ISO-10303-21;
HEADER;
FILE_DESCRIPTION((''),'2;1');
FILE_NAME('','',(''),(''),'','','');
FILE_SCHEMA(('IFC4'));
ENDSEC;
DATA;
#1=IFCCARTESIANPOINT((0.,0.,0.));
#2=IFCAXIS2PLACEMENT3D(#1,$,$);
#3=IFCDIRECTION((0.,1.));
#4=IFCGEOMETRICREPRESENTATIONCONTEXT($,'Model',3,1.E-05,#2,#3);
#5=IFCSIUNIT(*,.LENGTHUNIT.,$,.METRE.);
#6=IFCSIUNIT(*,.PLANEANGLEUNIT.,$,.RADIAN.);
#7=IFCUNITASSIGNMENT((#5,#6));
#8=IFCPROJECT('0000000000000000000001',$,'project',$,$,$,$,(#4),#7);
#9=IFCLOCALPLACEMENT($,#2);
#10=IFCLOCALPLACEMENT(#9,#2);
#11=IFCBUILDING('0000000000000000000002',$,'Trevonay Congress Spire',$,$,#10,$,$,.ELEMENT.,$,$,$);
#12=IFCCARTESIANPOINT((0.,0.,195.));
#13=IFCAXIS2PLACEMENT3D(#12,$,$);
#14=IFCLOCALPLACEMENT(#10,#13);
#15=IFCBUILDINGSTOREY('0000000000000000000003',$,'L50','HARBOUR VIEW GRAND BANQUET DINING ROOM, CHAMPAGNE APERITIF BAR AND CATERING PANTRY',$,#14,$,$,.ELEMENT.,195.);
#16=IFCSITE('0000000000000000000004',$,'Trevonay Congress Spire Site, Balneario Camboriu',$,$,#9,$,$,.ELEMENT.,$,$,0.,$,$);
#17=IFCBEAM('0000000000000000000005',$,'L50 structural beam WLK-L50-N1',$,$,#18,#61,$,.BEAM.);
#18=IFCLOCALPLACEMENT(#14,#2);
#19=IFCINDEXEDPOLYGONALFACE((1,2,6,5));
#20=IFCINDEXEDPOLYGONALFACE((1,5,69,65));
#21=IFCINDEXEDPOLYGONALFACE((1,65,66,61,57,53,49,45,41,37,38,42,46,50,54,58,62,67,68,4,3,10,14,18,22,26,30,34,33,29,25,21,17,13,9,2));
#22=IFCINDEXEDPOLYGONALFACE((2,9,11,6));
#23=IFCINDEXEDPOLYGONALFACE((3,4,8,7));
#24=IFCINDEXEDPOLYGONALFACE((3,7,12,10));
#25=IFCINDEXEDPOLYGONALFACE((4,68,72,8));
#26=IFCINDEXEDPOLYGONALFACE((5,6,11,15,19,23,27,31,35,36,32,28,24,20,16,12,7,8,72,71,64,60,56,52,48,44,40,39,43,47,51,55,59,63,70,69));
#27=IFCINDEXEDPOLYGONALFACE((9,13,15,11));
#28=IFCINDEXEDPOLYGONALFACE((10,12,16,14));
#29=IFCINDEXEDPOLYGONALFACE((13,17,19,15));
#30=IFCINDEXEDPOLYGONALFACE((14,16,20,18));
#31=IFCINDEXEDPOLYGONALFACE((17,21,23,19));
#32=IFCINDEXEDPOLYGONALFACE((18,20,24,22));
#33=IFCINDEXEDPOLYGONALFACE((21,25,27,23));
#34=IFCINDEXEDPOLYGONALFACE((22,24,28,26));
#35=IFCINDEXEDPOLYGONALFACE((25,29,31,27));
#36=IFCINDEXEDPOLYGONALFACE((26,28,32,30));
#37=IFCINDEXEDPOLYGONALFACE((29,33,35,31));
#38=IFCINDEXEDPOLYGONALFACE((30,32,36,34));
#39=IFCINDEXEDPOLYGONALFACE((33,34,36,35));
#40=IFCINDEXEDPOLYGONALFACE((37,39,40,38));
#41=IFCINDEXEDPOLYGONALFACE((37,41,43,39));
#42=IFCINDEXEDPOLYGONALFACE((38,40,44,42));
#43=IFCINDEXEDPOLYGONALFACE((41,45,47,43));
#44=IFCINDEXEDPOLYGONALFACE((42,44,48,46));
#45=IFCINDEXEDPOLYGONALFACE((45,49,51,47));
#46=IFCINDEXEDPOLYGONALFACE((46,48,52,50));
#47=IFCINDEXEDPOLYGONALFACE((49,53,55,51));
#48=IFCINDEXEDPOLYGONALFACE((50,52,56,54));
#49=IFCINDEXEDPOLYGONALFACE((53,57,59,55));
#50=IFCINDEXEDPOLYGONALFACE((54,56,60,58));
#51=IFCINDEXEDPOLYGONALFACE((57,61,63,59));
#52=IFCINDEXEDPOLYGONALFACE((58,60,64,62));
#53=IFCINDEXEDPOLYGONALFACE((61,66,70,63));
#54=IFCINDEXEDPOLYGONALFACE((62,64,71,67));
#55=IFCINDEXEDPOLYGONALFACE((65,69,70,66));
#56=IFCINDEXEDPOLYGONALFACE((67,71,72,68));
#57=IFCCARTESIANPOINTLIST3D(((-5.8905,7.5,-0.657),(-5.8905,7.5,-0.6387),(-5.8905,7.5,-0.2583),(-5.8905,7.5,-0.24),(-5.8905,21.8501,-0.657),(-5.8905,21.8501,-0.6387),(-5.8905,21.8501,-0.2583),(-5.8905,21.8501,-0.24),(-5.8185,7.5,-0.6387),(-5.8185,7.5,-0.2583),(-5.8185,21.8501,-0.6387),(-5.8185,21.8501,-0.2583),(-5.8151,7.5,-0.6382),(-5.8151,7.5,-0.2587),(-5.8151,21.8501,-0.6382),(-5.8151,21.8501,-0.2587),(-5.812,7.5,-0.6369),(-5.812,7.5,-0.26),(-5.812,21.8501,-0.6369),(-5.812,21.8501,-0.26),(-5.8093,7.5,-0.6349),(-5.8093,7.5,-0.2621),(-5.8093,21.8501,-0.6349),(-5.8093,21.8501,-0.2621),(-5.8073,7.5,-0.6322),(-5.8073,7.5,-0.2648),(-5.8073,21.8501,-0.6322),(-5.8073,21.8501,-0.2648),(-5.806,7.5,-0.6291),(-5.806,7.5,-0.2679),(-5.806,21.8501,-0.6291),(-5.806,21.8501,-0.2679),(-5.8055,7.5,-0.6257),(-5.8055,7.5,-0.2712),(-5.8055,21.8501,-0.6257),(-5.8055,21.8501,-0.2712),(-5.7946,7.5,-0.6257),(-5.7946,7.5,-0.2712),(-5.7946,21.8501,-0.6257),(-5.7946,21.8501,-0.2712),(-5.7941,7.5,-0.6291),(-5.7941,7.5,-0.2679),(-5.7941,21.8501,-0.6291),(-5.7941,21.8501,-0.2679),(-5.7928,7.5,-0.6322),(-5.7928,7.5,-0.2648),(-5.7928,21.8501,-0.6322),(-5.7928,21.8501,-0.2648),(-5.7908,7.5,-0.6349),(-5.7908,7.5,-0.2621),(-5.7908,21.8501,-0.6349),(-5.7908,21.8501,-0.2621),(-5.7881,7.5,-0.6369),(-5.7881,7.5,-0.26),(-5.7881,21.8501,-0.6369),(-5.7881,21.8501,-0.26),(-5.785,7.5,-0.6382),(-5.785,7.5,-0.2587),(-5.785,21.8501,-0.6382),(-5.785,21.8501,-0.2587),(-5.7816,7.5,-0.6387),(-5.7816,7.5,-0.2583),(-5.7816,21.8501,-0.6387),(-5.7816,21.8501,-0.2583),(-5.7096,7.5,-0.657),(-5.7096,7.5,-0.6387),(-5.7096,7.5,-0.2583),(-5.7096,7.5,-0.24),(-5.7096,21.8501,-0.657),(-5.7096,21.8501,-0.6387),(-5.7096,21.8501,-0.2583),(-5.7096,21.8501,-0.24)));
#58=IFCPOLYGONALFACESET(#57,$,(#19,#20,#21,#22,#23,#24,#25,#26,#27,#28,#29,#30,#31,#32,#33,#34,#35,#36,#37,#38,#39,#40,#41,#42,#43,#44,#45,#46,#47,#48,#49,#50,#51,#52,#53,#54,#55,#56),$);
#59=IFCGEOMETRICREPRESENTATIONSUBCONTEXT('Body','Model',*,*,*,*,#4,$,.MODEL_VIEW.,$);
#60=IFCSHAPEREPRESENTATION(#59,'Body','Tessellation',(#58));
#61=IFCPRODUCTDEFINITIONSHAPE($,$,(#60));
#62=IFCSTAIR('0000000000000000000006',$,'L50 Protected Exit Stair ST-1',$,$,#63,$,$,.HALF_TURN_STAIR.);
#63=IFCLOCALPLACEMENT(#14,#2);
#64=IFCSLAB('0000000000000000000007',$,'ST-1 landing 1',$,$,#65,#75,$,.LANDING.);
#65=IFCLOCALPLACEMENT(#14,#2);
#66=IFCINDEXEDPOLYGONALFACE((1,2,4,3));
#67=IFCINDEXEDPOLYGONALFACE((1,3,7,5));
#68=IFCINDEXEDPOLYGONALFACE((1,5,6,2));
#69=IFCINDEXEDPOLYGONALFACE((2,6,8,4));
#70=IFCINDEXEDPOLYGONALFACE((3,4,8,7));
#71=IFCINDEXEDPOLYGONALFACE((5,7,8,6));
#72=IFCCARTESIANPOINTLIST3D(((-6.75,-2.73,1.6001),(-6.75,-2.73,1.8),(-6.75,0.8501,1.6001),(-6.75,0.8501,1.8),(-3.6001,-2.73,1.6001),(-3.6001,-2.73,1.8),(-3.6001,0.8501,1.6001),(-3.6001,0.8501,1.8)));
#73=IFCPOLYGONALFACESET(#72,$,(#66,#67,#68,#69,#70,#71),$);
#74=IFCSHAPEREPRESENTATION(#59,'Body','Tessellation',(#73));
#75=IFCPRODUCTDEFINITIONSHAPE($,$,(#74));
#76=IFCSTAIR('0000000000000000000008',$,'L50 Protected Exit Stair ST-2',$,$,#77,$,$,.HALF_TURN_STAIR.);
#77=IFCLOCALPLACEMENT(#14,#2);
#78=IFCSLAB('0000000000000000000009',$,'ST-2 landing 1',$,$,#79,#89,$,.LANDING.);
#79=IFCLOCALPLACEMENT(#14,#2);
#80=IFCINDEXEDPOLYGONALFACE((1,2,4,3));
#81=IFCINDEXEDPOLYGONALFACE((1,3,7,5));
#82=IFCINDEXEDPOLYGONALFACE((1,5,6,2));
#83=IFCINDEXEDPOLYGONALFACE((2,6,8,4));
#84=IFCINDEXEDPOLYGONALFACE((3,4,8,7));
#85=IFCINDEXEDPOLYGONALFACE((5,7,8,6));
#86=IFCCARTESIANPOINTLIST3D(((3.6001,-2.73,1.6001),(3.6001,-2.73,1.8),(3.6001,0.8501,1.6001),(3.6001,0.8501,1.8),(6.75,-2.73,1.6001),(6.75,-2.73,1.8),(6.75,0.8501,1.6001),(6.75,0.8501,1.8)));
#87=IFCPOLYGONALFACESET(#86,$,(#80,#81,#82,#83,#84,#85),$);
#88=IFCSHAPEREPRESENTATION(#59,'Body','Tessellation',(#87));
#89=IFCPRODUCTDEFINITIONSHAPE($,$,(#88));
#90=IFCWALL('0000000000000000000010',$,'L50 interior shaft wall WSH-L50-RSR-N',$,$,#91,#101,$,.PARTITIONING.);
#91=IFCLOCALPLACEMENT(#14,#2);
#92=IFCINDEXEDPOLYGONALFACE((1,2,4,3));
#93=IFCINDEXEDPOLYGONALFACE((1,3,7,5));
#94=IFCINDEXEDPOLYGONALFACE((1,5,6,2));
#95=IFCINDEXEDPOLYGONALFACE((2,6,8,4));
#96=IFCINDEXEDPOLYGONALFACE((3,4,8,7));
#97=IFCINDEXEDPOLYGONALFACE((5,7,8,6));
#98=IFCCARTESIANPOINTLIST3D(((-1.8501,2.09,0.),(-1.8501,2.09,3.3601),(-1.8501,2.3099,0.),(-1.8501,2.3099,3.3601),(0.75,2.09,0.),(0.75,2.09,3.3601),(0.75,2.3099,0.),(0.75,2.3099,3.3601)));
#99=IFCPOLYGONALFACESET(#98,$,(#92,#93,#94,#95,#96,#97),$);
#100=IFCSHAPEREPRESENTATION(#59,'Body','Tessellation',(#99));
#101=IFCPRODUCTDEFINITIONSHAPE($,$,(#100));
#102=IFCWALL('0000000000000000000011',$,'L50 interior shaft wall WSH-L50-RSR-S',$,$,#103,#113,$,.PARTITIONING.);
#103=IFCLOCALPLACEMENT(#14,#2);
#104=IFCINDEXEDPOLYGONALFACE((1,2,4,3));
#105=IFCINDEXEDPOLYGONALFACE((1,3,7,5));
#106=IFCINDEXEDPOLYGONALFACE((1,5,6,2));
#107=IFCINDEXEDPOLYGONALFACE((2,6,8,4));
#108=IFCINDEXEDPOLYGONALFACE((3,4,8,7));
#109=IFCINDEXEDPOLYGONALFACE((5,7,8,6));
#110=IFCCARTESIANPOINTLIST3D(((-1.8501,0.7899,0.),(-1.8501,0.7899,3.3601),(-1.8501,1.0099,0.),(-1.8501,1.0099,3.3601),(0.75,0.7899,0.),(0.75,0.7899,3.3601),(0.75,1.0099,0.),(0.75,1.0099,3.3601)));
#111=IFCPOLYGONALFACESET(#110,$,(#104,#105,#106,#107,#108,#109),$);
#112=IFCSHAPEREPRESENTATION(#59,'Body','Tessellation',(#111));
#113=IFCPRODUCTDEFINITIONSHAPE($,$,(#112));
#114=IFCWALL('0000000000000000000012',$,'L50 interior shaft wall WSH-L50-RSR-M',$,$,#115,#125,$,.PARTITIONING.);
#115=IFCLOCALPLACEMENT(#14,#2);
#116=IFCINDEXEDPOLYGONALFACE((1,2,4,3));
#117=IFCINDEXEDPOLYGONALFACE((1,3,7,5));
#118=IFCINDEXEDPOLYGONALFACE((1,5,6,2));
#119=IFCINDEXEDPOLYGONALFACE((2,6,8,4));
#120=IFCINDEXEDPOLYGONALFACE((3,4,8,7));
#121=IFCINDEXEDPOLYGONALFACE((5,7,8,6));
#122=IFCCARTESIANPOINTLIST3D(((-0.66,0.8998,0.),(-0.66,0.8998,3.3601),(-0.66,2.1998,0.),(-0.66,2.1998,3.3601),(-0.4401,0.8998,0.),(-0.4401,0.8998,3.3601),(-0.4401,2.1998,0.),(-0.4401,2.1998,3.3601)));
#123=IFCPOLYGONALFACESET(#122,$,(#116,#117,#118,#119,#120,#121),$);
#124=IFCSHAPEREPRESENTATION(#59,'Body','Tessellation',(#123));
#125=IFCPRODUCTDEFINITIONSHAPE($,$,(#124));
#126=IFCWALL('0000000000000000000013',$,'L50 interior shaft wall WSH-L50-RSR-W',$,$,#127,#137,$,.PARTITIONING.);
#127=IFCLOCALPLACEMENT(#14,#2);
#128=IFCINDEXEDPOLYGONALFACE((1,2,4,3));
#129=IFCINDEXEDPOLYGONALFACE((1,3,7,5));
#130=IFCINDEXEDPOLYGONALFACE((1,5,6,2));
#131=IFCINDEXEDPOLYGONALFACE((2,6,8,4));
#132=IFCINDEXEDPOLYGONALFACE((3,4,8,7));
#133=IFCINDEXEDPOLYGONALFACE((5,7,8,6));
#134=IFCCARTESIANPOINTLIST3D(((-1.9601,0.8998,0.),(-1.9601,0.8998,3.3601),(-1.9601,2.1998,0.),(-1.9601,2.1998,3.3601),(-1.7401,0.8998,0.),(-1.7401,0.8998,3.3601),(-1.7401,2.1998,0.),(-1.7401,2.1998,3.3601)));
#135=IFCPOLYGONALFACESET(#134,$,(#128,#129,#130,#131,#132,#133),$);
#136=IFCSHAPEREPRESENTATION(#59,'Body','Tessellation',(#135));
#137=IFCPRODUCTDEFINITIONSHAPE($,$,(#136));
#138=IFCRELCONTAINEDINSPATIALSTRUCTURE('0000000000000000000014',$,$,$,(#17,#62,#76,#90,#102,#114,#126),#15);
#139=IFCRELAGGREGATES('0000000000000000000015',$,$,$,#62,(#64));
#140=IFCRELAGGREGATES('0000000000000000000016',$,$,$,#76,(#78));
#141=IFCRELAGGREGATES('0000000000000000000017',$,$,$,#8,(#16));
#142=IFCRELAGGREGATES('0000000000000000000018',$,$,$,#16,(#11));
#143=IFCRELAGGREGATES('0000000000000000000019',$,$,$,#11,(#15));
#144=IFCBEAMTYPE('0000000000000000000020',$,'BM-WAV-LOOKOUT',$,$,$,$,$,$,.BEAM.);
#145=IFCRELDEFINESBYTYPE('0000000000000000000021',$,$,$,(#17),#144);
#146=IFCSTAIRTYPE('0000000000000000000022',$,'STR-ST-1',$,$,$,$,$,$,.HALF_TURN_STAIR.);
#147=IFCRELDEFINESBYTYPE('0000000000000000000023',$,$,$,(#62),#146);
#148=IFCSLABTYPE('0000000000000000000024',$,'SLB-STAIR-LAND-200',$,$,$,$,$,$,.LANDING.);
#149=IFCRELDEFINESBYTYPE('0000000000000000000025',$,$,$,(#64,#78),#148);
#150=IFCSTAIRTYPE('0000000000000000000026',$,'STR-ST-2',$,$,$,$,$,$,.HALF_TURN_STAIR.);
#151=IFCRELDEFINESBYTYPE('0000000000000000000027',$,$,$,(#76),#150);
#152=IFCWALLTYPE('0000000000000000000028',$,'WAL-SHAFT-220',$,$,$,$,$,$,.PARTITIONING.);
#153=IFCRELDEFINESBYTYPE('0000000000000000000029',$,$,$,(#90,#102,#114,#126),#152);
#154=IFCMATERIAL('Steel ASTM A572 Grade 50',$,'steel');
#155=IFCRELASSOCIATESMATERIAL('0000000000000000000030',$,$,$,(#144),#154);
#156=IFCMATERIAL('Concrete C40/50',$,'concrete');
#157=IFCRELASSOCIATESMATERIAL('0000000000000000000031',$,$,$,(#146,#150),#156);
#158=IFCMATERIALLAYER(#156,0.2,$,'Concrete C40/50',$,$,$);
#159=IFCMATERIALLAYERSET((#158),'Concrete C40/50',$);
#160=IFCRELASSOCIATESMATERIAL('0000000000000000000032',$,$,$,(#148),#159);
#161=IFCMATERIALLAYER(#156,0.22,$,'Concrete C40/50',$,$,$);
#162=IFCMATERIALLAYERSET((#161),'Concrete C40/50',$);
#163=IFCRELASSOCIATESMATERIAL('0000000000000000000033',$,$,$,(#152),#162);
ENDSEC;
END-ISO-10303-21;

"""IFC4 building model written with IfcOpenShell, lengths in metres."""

from ifc_helpers import new_model, si_unit, direction, frame, frame_2d, origin, origin_2d, place, context, subcontext, project, spatial, polyline, rectangle, i_section, outline, extrude, material, layer, layer_set, material_profile, profile_set, type_object, element, aggregate, save


model = new_model("IFC4")

# Units and contexts
model_context = context("Model", 3, precision=1e-05, world=origin(), true_north=direction((0.0, 1.0)))
body_context = subcontext(model_context, "Body", "Model", "MODEL_VIEW")
ifc_project = project(units=[si_unit("LENGTHUNIT", "METRE"), si_unit("PLANEANGLEUNIT", "RADIAN")], contexts=[model_context])

# Site, building, storey
site_placement = place(None, origin())
site = spatial("IfcSite", under=ifc_project, at=site_placement, Name="Trevonay Congress Spire Site, Balneario Camboriu", CompositionType="ELEMENT", RefElevation=0.0)
building_placement = place(site_placement, origin())
building = spatial("IfcBuilding", under=site, at=building_placement, Name="Trevonay Congress Spire", CompositionType="ELEMENT")
storey_placement = place(building_placement, frame((0.0, 0.0, 195.0)))
storey = spatial("IfcBuildingStorey", under=building, at=storey_placement, Name="L50", Description="HARBOUR VIEW GRAND BANQUET DINING ROOM, CHAMPAGNE APERITIF BAR AND CATERING PANTRY", CompositionType="ELEMENT", Elevation=195.0)

# Shared definitions
ifc_material_1 = material(Name="Steel ASTM A572 Grade 50", Category="steel")

# Beam
ifc_material_profile_1 = material_profile(ifc_material_1, i_section(OverallWidth=0.1809, OverallDepth=0.417, WebThickness=0.011, FlangeThickness=0.0183, FilletRadius=0.0129, at=origin_2d()), Name="W410x85")
ifc_profile_set_1 = profile_set([ifc_material_profile_1], Name="Steel ASTM A572 Grade 50")
beam_type_1 = type_object("IfcBeamType", Name="BM-WAV-LOOKOUT", PredefinedType="BEAM", material=ifc_profile_set_1)
beam_1_placement = place(storey_placement, frame((-5.8, 7.5, -0.4485), z_axis=(0.0, 1.0, 0.0), x_axis=(-1.0, 0.0, 0.0)))
element("IfcBeam", 1, at=beam_1_placement, inside=storey, type_object=beam_type_1, Name="L50 structural beam WLK-L50-N1", PredefinedType="BEAM", context=body_context, shape_type="SweptSolid", body=[
    extrude(i_section(OverallWidth=0.1809, OverallDepth=0.417, WebThickness=0.011, FlangeThickness=0.0183, FilletRadius=0.0129, at=origin_2d()), origin(), (0.0, 0.0, 1.0), 14.3501),
])

# Stairs, slabs
ifc_material_2 = material(Name="Concrete C40/50", Category="concrete")
stair_type_1 = type_object("IfcStairType", Name="STR-ST-1", PredefinedType="HALF_TURN_STAIR", material=ifc_material_2)
stair_1_placement = place(storey_placement, origin())
stair_1 = element("IfcStair", 2, at=stair_1_placement, inside=storey, type_object=stair_type_1, Name="L50 Protected Exit Stair ST-1", PredefinedType="HALF_TURN_STAIR")
ifc_layer_1 = layer(ifc_material_2, 0.2, Name="Concrete C40/50")
ifc_layer_set_1 = layer_set([ifc_layer_1], Name="Concrete C40/50")
slab_type = type_object("IfcSlabType", Name="SLB-STAIR-LAND-200", PredefinedType="LANDING", material=ifc_layer_set_1)
slab_1_placement = place(storey_placement, frame((0.0, 0.0, 1.6001)))
slab_1 = element("IfcSlab", 3, at=slab_1_placement, type_object=slab_type, Name="ST-1 landing 1", PredefinedType="LANDING", context=body_context, shape_type="SweptSolid", body=[
    extrude(outline(polyline([(-3.6001, -2.73), (-3.6001, 0.8501), (-6.75, 0.8501), (-6.75, -2.73), (-3.6001, -2.73)])), origin(), (0.0, 0.0, 1.0), 0.2),
])
aggregate(stair_1, [slab_1])
stair_type_2 = type_object("IfcStairType", Name="STR-ST-2", PredefinedType="HALF_TURN_STAIR", material=ifc_material_2)
stair_2_placement = place(storey_placement, origin())
stair_2 = element("IfcStair", 4, at=stair_2_placement, inside=storey, type_object=stair_type_2, Name="L50 Protected Exit Stair ST-2", PredefinedType="HALF_TURN_STAIR")
slab_2_placement = place(storey_placement, frame((0.0, 0.0, 1.6001)))
slab_2 = element("IfcSlab", 5, at=slab_2_placement, type_object=slab_type, Name="ST-2 landing 1", PredefinedType="LANDING", context=body_context, shape_type="SweptSolid", body=[
    extrude(outline(polyline([(6.75, -2.73), (6.75, 0.8501), (3.6001, 0.8501), (3.6001, -2.73), (6.75, -2.73)])), origin(), (0.0, 0.0, 1.0), 0.2),
])
aggregate(stair_2, [slab_2])

# Walls
ifc_layer_2 = layer(ifc_material_2, 0.22, Name="Concrete C40/50")
ifc_layer_set_2 = layer_set([ifc_layer_2], Name="Concrete C40/50")
wall_type_1 = type_object("IfcWallType", Name="WAL-SHAFT-220", PredefinedType="PARTITIONING", material=ifc_layer_set_2)
for number, where, z_axis, x_axis, name in (
    (6, (-1.8501, 2.2, 0.0), (0.0, 0.0, 1.0), (1.0, 0.0, 0.0), "L50 interior shaft wall WSH-L50-RSR-N"),
    (7, (-1.8501, 0.8999, 0.0), (0.0, 0.0, 1.0), (1.0, 0.0, 0.0), "L50 interior shaft wall WSH-L50-RSR-S"),
):
    element("IfcWall", number, at=place(storey_placement, frame(where, z_axis=z_axis, x_axis=x_axis)), inside=storey, type_object=wall_type_1, Name=name, PredefinedType="PARTITIONING", context=body_context, shape_type="SweptSolid", body=[
        extrude(rectangle(XDim=2.6001, YDim=0.22, at=frame_2d((1.3, 0.0))), origin(), (0.0, 0.0, 1.0), 3.3601),
    ])
for number, where, z_axis, x_axis, name in (
    (8, (-0.55, 0.8999, 0.0), (0.0, 0.0, 1.0), (0.0, 1.0, 0.0), "L50 interior shaft wall WSH-L50-RSR-M"),
    (9, (-1.8501, 0.8999, 0.0), (0.0, 0.0, 1.0), (0.0, 1.0, 0.0), "L50 interior shaft wall WSH-L50-RSR-W"),
):
    element("IfcWall", number, at=place(storey_placement, frame(where, z_axis=z_axis, x_axis=x_axis)), inside=storey, type_object=wall_type_1, Name=name, PredefinedType="PARTITIONING", context=body_context, shape_type="SweptSolid", body=[
        extrude(rectangle(XDim=1.3, YDim=0.22, at=frame_2d((0.6499, 0.0))), origin(), (0.0, 0.0, 1.0), 3.3601),
    ])

save(model, "model.ifc")
